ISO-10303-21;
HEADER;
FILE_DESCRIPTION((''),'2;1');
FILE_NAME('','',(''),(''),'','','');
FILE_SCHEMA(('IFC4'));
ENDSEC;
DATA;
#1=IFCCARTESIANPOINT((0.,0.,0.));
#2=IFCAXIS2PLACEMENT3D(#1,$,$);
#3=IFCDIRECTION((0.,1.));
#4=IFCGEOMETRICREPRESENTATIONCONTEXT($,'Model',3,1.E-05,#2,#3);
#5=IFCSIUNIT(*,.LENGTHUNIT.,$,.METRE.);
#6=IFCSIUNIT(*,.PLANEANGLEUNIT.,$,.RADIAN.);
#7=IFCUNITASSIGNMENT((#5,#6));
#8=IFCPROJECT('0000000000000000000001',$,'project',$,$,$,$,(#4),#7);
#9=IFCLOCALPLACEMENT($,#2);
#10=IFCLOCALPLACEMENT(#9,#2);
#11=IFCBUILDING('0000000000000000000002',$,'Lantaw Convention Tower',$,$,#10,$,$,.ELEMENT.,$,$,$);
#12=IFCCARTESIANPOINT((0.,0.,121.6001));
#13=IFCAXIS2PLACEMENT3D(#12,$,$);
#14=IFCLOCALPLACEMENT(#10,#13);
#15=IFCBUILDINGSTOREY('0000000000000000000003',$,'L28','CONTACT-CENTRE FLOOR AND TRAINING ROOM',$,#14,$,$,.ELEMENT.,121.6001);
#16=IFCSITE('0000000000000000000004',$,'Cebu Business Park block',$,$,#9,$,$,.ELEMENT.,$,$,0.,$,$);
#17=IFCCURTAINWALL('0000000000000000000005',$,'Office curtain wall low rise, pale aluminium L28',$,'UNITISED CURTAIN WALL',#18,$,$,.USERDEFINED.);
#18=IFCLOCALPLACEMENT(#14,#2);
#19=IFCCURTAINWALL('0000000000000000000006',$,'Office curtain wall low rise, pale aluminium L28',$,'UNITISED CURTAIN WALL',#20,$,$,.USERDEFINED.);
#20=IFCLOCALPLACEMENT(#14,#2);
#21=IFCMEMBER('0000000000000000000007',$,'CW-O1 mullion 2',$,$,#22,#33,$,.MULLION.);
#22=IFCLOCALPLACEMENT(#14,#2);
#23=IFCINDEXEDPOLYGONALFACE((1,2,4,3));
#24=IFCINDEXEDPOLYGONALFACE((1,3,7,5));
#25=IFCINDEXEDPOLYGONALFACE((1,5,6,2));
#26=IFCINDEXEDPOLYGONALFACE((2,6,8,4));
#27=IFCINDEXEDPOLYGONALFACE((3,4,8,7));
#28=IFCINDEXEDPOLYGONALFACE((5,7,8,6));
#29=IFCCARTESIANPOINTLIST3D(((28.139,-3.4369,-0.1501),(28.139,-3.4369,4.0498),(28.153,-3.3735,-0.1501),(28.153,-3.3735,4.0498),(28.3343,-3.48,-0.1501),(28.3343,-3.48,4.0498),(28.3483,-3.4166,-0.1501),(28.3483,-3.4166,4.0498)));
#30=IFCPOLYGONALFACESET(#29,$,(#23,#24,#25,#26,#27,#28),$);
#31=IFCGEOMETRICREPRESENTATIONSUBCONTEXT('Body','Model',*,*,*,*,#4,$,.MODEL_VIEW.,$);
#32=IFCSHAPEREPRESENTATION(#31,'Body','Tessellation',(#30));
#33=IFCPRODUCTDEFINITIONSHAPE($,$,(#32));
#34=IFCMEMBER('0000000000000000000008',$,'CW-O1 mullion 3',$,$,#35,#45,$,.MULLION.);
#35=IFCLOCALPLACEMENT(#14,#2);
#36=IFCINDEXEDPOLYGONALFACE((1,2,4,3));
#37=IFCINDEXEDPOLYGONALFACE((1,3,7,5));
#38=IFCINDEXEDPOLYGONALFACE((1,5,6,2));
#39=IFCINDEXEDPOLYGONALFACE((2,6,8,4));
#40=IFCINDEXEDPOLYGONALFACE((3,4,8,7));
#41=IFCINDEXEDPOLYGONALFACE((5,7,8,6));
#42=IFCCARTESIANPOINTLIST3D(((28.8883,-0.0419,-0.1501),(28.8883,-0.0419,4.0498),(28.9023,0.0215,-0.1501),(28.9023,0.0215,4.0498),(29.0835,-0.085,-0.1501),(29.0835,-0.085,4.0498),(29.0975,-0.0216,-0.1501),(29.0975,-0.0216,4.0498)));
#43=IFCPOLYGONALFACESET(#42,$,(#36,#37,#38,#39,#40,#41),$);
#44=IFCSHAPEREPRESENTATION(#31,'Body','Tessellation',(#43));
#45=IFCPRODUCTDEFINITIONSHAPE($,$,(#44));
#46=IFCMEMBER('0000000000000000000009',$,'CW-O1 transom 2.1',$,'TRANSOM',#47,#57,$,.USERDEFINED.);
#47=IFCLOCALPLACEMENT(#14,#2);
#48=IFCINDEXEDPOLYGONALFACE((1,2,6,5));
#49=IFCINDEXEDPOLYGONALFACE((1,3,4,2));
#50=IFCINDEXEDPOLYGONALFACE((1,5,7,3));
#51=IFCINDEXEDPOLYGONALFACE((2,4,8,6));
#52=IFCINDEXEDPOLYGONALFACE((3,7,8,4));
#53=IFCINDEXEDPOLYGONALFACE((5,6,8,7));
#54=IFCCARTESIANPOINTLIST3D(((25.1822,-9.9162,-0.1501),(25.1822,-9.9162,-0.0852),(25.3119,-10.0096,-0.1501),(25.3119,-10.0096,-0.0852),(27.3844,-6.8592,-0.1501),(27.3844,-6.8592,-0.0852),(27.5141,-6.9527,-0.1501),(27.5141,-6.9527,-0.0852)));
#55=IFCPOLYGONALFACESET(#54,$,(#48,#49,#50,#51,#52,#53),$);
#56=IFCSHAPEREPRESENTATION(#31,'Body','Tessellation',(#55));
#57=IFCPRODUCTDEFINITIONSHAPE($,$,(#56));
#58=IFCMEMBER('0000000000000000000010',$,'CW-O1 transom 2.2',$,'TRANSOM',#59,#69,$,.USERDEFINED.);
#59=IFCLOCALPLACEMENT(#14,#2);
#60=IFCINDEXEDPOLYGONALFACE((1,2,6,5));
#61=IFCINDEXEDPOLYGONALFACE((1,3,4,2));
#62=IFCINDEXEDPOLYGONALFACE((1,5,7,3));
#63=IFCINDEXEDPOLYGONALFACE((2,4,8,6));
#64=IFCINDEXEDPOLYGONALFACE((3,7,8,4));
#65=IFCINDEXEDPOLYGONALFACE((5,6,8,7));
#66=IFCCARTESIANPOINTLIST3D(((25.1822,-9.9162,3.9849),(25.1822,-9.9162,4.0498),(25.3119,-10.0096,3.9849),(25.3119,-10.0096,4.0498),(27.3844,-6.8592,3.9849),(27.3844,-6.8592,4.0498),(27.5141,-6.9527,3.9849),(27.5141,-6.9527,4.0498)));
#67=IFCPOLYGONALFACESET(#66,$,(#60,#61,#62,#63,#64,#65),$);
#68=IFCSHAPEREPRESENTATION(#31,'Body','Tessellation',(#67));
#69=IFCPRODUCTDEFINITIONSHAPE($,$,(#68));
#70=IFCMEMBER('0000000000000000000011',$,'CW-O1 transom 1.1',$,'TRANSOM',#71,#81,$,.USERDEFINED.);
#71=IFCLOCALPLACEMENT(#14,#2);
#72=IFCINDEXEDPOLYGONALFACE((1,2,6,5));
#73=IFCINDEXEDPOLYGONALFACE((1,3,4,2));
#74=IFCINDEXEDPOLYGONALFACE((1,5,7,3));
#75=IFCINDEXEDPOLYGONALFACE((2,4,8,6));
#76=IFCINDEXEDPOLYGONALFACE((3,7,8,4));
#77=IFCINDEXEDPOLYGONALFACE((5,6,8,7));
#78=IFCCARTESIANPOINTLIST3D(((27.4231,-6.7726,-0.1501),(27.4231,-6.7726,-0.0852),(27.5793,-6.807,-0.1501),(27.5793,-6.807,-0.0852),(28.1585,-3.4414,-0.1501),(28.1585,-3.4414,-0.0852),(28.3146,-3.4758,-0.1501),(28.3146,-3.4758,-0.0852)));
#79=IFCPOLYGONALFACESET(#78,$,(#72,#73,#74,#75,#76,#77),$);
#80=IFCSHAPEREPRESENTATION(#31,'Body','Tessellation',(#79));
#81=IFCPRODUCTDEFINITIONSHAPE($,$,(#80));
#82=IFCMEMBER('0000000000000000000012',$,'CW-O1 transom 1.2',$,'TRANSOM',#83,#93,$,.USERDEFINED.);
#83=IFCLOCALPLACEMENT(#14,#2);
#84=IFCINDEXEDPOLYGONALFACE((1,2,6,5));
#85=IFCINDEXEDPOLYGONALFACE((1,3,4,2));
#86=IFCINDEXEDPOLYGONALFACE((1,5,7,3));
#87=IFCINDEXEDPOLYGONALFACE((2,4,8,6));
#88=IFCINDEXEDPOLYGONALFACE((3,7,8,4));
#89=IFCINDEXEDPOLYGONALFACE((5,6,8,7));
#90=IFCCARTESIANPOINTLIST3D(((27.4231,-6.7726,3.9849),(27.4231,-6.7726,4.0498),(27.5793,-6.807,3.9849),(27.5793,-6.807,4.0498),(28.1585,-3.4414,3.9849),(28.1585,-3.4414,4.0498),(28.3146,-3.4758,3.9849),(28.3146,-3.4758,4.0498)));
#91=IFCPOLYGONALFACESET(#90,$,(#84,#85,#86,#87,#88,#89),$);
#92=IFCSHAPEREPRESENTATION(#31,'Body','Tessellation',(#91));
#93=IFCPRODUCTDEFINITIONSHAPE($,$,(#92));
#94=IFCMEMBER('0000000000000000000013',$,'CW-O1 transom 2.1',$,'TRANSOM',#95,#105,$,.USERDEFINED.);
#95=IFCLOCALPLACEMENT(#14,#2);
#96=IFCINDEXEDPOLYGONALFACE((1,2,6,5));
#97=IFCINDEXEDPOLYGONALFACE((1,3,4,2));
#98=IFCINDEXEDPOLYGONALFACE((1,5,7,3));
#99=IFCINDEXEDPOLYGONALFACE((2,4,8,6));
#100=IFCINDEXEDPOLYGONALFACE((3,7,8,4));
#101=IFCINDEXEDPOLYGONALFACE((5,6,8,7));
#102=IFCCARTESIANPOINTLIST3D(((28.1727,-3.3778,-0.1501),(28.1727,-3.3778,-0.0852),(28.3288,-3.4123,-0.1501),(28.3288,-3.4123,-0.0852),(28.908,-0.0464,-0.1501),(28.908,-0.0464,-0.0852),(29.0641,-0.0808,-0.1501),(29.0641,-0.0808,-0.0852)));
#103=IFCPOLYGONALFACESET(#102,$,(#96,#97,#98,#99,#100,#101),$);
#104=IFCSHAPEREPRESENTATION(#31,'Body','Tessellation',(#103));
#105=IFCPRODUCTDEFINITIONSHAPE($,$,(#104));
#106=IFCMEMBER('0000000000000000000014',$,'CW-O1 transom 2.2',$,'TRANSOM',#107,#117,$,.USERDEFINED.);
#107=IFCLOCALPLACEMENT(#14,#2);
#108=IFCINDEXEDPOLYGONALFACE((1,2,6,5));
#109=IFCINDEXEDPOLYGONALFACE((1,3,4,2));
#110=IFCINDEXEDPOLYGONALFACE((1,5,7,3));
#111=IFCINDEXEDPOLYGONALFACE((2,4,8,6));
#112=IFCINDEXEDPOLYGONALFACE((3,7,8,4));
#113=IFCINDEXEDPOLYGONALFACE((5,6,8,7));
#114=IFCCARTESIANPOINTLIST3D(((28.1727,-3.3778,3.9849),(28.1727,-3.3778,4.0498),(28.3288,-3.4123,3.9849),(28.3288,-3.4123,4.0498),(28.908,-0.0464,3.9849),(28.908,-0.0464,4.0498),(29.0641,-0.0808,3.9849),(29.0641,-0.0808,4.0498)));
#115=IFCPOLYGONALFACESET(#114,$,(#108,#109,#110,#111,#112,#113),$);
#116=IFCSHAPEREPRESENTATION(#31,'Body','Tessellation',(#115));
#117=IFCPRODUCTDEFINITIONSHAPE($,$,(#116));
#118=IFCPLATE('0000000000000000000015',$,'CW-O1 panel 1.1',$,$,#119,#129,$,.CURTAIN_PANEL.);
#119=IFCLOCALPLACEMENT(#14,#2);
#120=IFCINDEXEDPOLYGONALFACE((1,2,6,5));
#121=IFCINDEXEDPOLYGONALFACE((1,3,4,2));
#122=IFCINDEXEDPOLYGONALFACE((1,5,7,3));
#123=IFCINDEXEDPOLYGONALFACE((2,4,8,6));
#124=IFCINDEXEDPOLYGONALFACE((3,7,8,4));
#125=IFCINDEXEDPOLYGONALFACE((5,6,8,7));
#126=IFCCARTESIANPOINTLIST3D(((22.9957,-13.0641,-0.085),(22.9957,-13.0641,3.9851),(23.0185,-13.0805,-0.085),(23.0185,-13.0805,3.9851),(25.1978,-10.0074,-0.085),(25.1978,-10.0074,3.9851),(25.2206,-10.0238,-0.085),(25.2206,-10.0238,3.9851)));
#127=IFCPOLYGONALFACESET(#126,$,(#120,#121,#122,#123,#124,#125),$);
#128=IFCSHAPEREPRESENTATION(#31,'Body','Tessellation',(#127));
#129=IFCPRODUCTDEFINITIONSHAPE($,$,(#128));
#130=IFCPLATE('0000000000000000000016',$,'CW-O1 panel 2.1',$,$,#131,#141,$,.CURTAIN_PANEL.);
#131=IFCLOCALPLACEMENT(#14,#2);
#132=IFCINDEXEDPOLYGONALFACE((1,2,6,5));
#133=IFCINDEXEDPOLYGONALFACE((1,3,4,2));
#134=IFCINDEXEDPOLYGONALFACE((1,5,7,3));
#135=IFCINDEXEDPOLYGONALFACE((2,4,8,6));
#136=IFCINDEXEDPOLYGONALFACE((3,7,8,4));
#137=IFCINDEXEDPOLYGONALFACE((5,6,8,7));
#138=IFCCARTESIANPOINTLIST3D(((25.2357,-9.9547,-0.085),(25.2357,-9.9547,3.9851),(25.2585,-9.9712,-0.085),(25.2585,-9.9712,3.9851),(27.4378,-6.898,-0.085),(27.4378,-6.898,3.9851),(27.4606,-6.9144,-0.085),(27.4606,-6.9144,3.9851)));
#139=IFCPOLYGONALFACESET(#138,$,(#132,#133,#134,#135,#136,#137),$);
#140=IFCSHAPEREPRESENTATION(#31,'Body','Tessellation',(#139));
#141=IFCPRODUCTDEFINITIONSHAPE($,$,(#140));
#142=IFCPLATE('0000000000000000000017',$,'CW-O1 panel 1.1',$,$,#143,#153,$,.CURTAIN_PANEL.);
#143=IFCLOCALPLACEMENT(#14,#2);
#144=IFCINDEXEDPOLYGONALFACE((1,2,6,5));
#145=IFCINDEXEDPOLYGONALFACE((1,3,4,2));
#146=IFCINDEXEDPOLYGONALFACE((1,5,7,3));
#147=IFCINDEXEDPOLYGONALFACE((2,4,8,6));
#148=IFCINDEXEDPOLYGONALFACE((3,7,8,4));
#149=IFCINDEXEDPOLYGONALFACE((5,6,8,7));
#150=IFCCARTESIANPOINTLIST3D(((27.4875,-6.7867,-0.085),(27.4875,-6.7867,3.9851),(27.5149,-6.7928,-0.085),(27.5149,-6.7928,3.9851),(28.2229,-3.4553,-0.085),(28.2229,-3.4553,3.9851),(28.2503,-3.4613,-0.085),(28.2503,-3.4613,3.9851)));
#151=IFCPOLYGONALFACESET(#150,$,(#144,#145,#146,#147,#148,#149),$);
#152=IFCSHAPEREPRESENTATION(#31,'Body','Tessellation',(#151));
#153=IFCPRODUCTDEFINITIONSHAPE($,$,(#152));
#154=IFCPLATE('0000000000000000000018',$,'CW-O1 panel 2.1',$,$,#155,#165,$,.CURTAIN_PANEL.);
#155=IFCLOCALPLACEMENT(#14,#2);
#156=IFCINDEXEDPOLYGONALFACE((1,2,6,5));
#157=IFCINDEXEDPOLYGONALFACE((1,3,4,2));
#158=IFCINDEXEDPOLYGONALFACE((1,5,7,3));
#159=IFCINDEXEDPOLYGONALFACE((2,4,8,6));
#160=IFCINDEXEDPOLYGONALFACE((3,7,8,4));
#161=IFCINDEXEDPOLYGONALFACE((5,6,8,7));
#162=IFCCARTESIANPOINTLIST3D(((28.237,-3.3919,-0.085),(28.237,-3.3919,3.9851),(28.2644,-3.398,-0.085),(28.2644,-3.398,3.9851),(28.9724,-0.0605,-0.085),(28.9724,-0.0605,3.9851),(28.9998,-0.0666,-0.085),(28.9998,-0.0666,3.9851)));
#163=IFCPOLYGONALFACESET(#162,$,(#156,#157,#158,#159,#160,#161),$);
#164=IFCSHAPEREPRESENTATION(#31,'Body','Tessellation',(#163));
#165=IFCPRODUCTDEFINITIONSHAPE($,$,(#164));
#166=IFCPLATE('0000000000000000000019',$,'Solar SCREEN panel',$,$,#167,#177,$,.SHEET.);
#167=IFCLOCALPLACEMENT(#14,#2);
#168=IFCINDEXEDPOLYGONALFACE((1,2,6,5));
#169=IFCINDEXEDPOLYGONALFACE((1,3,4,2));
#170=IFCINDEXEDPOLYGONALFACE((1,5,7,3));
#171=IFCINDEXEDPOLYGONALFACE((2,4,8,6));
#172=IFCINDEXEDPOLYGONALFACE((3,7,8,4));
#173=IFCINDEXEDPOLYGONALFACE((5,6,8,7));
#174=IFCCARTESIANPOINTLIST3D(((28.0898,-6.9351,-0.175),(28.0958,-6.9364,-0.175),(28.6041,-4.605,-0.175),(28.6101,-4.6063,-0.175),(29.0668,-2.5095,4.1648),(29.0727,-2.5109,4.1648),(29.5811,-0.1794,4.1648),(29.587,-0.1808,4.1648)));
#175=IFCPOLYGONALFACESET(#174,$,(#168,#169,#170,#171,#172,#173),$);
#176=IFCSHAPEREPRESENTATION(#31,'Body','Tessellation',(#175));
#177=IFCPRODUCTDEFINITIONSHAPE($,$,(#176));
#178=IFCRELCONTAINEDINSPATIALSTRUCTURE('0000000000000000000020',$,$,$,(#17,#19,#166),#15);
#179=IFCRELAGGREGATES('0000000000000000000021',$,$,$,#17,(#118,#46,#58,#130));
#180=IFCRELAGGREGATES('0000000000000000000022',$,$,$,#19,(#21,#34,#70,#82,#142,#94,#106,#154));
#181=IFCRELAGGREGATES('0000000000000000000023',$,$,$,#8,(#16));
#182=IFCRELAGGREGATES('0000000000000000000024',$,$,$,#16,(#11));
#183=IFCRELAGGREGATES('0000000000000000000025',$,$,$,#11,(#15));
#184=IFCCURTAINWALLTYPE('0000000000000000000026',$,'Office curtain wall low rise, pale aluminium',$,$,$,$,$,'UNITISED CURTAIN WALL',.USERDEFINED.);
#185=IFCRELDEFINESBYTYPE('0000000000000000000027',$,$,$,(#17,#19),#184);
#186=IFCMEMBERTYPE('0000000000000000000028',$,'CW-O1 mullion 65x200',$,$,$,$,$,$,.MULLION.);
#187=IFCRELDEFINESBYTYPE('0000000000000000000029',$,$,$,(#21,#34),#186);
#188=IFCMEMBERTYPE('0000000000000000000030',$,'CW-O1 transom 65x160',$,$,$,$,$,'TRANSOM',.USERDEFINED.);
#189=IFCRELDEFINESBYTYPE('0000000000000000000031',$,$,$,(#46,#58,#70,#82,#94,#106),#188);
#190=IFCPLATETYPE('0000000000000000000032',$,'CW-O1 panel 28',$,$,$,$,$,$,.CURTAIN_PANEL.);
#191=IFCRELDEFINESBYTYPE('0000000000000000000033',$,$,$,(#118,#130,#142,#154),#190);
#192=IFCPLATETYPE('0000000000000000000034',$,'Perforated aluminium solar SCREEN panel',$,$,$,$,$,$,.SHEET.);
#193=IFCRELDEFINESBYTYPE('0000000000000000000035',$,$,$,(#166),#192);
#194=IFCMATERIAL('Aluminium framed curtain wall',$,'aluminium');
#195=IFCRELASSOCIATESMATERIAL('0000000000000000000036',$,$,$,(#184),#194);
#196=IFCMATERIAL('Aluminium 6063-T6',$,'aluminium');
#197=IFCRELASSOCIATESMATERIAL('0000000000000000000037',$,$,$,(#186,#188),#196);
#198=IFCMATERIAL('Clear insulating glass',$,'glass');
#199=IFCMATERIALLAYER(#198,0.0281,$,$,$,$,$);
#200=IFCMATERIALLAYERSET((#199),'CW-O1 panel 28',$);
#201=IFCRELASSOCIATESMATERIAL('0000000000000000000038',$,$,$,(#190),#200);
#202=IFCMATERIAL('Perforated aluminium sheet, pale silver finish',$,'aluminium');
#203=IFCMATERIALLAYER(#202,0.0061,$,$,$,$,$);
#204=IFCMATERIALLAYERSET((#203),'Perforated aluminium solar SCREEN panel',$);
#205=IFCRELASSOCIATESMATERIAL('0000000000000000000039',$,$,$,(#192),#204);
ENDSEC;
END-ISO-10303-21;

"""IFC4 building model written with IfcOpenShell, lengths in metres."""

from ifc_helpers import new_model, si_unit, direction, frame, origin, origin_2d, place, context, subcontext, project, spatial, polyline, rectangle, outline, extrude, material, layer, layer_set, material_profile, profile_set, type_object, element, aggregate, save


model = new_model("IFC4")

# Units and contexts
model_context = context("Model", 3, precision=1e-05, world=origin(), true_north=direction((0.0, 1.0)))
body_context = subcontext(model_context, "Body", "Model", "MODEL_VIEW")
ifc_project = project(units=[si_unit("LENGTHUNIT", "METRE"), si_unit("PLANEANGLEUNIT", "RADIAN")], contexts=[model_context])

# Site, building, storey
site_placement = place(None, origin())
site = spatial("IfcSite", under=ifc_project, at=site_placement, Name="Cebu Business Park block", CompositionType="ELEMENT", RefElevation=0.0)
building_placement = place(site_placement, origin())
building = spatial("IfcBuilding", under=site, at=building_placement, Name="Lantaw Convention Tower", CompositionType="ELEMENT")
storey_placement = place(building_placement, frame((0.0, 0.0, 121.6001)))
storey = spatial("IfcBuildingStorey", under=building, at=storey_placement, Name="L28", Description="CONTACT-CENTRE FLOOR AND TRAINING ROOM", CompositionType="ELEMENT", Elevation=121.6001)

# Curtain walls, members
ifc_material_1 = material(Name="Aluminium framed curtain wall", Category="aluminium")
curtain_wall_type = type_object("IfcCurtainWallType", Name="Office curtain wall low rise, pale aluminium", ElementType="UNITISED CURTAIN WALL", PredefinedType="USERDEFINED", material=ifc_material_1)
curtain_wall_1_placement = place(storey_placement, origin())
curtain_wall_1 = element("IfcCurtainWall", 1, at=curtain_wall_1_placement, inside=storey, type_object=curtain_wall_type, Name="Office curtain wall low rise, pale aluminium L28", ObjectType="UNITISED CURTAIN WALL", PredefinedType="USERDEFINED")
ifc_material_2 = material(Name="Aluminium 6063-T6", Category="aluminium")
ifc_material_profile_1 = material_profile(ifc_material_2, rectangle(XDim=0.2, YDim=0.0649, at=origin_2d()), Name="CW-O1 mullion 65x200")
ifc_profile_set_1 = profile_set([ifc_material_profile_1], Name="Aluminium 6063-T6")
member_type_1 = type_object("IfcMemberType", Name="CW-O1 mullion 65x200", PredefinedType="MULLION", material=ifc_profile_set_1)
curtain_wall_2_placement = place(storey_placement, origin())
curtain_wall_2 = element("IfcCurtainWall", 2, at=curtain_wall_2_placement, inside=storey, type_object=curtain_wall_type, Name="Office curtain wall low rise, pale aluminium L28", ObjectType="UNITISED CURTAIN WALL", PredefinedType="USERDEFINED")
member_1_placement = place(storey_placement, frame((28.2437, -3.4268, -0.1501), z_axis=(0.0, 0.0, 1.0), x_axis=(-0.976494, 0.215546, 0.0)))
member_1 = element("IfcMember", 3, at=member_1_placement, type_object=member_type_1, Name="CW-O1 mullion 2", PredefinedType="MULLION", context=body_context, shape_type="SweptSolid", body=[
    extrude(rectangle(XDim=0.2, YDim=0.0649, at=origin_2d()), origin(), (0.0, 0.0, 1.0), 4.2),
])
member_2_placement = place(storey_placement, frame((28.9929, -0.0317, -0.1501), z_axis=(0.0, 0.0, 1.0), x_axis=(-0.976494, 0.215546, 0.0)))
member_2 = element("IfcMember", 4, at=member_2_placement, type_object=member_type_1, Name="CW-O1 mullion 3", PredefinedType="MULLION", context=body_context, shape_type="SweptSolid", body=[
    extrude(rectangle(XDim=0.2, YDim=0.0649, at=origin_2d()), origin(), (0.0, 0.0, 1.0), 4.2),
])

# Members
ifc_material_profile_2 = material_profile(ifc_material_2, rectangle(XDim=0.1599, YDim=0.0649, at=origin_2d()), Name="CW-O1 transom 65x160")
ifc_profile_set_2 = profile_set([ifc_material_profile_2], Name="Aluminium 6063-T6")
member_type_2 = type_object("IfcMemberType", Name="CW-O1 transom 65x160", ElementType="TRANSOM", PredefinedType="USERDEFINED", material=ifc_profile_set_2)
member_3_placement = place(storey_placement, frame((25.2471, -9.9629, -0.1177), z_axis=(0.584513, 0.811384, 0.0), x_axis=(-0.811384, 0.584513, 0.0)))
member_3 = element("IfcMember", 5, at=member_3_placement, type_object=member_type_2, Name="CW-O1 transom 2.1", ObjectType="TRANSOM", PredefinedType="USERDEFINED", context=body_context, shape_type="SweptSolid", body=[
    extrude(rectangle(XDim=0.1599, YDim=0.0649, at=origin_2d()), origin(), (0.0, 0.0, 1.0), 3.7676),
])
member_4_placement = place(storey_placement, frame((25.2471, -9.9629, 4.0173), z_axis=(0.584513, 0.811384, 0.0), x_axis=(-0.811384, 0.584513, 0.0)))
member_4 = element("IfcMember", 6, at=member_4_placement, type_object=member_type_2, Name="CW-O1 transom 2.2", ObjectType="TRANSOM", PredefinedType="USERDEFINED", context=body_context, shape_type="SweptSolid", body=[
    extrude(rectangle(XDim=0.1599, YDim=0.0649, at=origin_2d()), origin(), (0.0, 0.0, 1.0), 3.7676),
])
member_5_placement = place(storey_placement, frame((27.5012, -6.7898, -0.1177), z_axis=(0.215551, 0.976493, 0.0), x_axis=(-0.976493, 0.215551, 0.0)))
member_5 = element("IfcMember", 7, at=member_5_placement, type_object=member_type_2, Name="CW-O1 transom 1.1", ObjectType="TRANSOM", PredefinedType="USERDEFINED", context=body_context, shape_type="SweptSolid", body=[
    extrude(rectangle(XDim=0.1599, YDim=0.0649, at=origin_2d()), origin(), (0.0, 0.0, 1.0), 3.4114),
])
member_6_placement = place(storey_placement, frame((27.5012, -6.7898, 4.0173), z_axis=(0.215551, 0.976493, 0.0), x_axis=(-0.976493, 0.215551, 0.0)))
member_6 = element("IfcMember", 8, at=member_6_placement, type_object=member_type_2, Name="CW-O1 transom 1.2", ObjectType="TRANSOM", PredefinedType="USERDEFINED", context=body_context, shape_type="SweptSolid", body=[
    extrude(rectangle(XDim=0.1599, YDim=0.0649, at=origin_2d()), origin(), (0.0, 0.0, 1.0), 3.4114),
])
member_7_placement = place(storey_placement, frame((28.2507, -3.395, -0.1177), z_axis=(0.215536, 0.976496, 0.0), x_axis=(-0.976496, 0.215536, 0.0)))
member_7 = element("IfcMember", 9, at=member_7_placement, type_object=member_type_2, Name="CW-O1 transom 2.1", ObjectType="TRANSOM", PredefinedType="USERDEFINED", context=body_context, shape_type="SweptSolid", body=[
    extrude(rectangle(XDim=0.1599, YDim=0.0649, at=origin_2d()), origin(), (0.0, 0.0, 1.0), 3.4116),
])
member_8_placement = place(storey_placement, frame((28.2507, -3.395, 4.0173), z_axis=(0.215536, 0.976496, 0.0), x_axis=(-0.976496, 0.215536, 0.0)))
member_8 = element("IfcMember", 10, at=member_8_placement, type_object=member_type_2, Name="CW-O1 transom 2.2", ObjectType="TRANSOM", PredefinedType="USERDEFINED", context=body_context, shape_type="SweptSolid", body=[
    extrude(rectangle(XDim=0.1599, YDim=0.0649, at=origin_2d()), origin(), (0.0, 0.0, 1.0), 3.4116),
])

# Plates
ifc_material_3 = material(Name="Clear insulating glass", Category="glass")
ifc_layer_1 = layer(ifc_material_3, 0.0281)
ifc_layer_set_1 = layer_set([ifc_layer_1], Name="CW-O1 panel 28")
plate_type_1 = type_object("IfcPlateType", Name="CW-O1 panel 28", PredefinedType="CURTAIN_PANEL", material=ifc_layer_set_1)
plate_1_placement = place(storey_placement, frame((24.1082, -11.5439, -0.085), z_axis=(0.0, 0.0, 1.0), x_axis=(0.584513, 0.811385, 0.0)))
plate_1 = element("IfcPlate", 11, at=plate_1_placement, type_object=plate_type_1, Name="CW-O1 panel 1.1", PredefinedType="CURTAIN_PANEL", context=body_context, shape_type="SweptSolid", body=[
    extrude(rectangle(XDim=3.7673, YDim=0.0281, at=origin_2d()), origin(), (0.0, 0.0, 1.0), 4.0701),
])
plate_2_placement = place(storey_placement, frame((26.3481, -8.4346, -0.085), z_axis=(0.0, 0.0, 1.0), x_axis=(0.584513, 0.811385, 0.0)))
plate_2 = element("IfcPlate", 12, at=plate_2_placement, type_object=plate_type_1, Name="CW-O1 panel 2.1", PredefinedType="CURTAIN_PANEL", context=body_context, shape_type="SweptSolid", body=[
    extrude(rectangle(XDim=3.7673, YDim=0.0281, at=origin_2d()), origin(), (0.0, 0.0, 1.0), 4.0701),
])
aggregate(curtain_wall_1, [plate_1, member_3, member_4, plate_2])
plate_3_placement = place(storey_placement, frame((27.8689, -5.124, -0.085), z_axis=(0.0, 0.0, 1.0), x_axis=(0.215546, 0.976494, 0.0)))
plate_3 = element("IfcPlate", 13, at=plate_3_placement, type_object=plate_type_1, Name="CW-O1 panel 1.1", PredefinedType="CURTAIN_PANEL", context=body_context, shape_type="SweptSolid", body=[
    extrude(rectangle(XDim=3.4116, YDim=0.0281, at=origin_2d()), origin(), (0.0, 0.0, 1.0), 4.0701),
])
plate_4_placement = place(storey_placement, frame((28.6184, -1.7292, -0.085), z_axis=(0.0, 0.0, 1.0), x_axis=(0.215546, 0.976494, 0.0)))
plate_4 = element("IfcPlate", 14, at=plate_4_placement, type_object=plate_type_1, Name="CW-O1 panel 2.1", PredefinedType="CURTAIN_PANEL", context=body_context, shape_type="SweptSolid", body=[
    extrude(rectangle(XDim=3.4116, YDim=0.0281, at=origin_2d()), origin(), (0.0, 0.0, 1.0), 4.0701),
])
aggregate(curtain_wall_2, [member_1, member_2, member_5, member_6, plate_3, member_7, member_8, plate_4])
ifc_material_4 = material(Name="Perforated aluminium sheet, pale silver finish", Category="aluminium")
ifc_layer_2 = layer(ifc_material_4, 0.0061)
ifc_layer_set_2 = layer_set([ifc_layer_2], Name="Perforated aluminium solar SCREEN panel")
plate_type_2 = type_object("IfcPlateType", Name="Perforated aluminium solar SCREEN panel", PredefinedType="SHEET", material=ifc_layer_set_2)
plate_5_placement = place(storey_placement, frame((28.0898, -6.9351, -0.175), z_axis=(-0.976498, 0.215527, 0.000033), x_axis=(0.215527, 0.976498, 0.0)))
element("IfcPlate", 15, at=plate_5_placement, inside=storey, type_object=plate_type_2, Name="Solar SCREEN panel", PredefinedType="SHEET", context=body_context, shape_type="SweptSolid", body=[
    extrude(outline(polyline([(0.0, 0.0), (2.3861, 0.0), (6.9182, -4.3398), (4.5321, -4.3398), (0.0, 0.0)])), origin(), (0.0, 0.0, -1.0), 0.0061),
])

save(model, "model.ifc")
